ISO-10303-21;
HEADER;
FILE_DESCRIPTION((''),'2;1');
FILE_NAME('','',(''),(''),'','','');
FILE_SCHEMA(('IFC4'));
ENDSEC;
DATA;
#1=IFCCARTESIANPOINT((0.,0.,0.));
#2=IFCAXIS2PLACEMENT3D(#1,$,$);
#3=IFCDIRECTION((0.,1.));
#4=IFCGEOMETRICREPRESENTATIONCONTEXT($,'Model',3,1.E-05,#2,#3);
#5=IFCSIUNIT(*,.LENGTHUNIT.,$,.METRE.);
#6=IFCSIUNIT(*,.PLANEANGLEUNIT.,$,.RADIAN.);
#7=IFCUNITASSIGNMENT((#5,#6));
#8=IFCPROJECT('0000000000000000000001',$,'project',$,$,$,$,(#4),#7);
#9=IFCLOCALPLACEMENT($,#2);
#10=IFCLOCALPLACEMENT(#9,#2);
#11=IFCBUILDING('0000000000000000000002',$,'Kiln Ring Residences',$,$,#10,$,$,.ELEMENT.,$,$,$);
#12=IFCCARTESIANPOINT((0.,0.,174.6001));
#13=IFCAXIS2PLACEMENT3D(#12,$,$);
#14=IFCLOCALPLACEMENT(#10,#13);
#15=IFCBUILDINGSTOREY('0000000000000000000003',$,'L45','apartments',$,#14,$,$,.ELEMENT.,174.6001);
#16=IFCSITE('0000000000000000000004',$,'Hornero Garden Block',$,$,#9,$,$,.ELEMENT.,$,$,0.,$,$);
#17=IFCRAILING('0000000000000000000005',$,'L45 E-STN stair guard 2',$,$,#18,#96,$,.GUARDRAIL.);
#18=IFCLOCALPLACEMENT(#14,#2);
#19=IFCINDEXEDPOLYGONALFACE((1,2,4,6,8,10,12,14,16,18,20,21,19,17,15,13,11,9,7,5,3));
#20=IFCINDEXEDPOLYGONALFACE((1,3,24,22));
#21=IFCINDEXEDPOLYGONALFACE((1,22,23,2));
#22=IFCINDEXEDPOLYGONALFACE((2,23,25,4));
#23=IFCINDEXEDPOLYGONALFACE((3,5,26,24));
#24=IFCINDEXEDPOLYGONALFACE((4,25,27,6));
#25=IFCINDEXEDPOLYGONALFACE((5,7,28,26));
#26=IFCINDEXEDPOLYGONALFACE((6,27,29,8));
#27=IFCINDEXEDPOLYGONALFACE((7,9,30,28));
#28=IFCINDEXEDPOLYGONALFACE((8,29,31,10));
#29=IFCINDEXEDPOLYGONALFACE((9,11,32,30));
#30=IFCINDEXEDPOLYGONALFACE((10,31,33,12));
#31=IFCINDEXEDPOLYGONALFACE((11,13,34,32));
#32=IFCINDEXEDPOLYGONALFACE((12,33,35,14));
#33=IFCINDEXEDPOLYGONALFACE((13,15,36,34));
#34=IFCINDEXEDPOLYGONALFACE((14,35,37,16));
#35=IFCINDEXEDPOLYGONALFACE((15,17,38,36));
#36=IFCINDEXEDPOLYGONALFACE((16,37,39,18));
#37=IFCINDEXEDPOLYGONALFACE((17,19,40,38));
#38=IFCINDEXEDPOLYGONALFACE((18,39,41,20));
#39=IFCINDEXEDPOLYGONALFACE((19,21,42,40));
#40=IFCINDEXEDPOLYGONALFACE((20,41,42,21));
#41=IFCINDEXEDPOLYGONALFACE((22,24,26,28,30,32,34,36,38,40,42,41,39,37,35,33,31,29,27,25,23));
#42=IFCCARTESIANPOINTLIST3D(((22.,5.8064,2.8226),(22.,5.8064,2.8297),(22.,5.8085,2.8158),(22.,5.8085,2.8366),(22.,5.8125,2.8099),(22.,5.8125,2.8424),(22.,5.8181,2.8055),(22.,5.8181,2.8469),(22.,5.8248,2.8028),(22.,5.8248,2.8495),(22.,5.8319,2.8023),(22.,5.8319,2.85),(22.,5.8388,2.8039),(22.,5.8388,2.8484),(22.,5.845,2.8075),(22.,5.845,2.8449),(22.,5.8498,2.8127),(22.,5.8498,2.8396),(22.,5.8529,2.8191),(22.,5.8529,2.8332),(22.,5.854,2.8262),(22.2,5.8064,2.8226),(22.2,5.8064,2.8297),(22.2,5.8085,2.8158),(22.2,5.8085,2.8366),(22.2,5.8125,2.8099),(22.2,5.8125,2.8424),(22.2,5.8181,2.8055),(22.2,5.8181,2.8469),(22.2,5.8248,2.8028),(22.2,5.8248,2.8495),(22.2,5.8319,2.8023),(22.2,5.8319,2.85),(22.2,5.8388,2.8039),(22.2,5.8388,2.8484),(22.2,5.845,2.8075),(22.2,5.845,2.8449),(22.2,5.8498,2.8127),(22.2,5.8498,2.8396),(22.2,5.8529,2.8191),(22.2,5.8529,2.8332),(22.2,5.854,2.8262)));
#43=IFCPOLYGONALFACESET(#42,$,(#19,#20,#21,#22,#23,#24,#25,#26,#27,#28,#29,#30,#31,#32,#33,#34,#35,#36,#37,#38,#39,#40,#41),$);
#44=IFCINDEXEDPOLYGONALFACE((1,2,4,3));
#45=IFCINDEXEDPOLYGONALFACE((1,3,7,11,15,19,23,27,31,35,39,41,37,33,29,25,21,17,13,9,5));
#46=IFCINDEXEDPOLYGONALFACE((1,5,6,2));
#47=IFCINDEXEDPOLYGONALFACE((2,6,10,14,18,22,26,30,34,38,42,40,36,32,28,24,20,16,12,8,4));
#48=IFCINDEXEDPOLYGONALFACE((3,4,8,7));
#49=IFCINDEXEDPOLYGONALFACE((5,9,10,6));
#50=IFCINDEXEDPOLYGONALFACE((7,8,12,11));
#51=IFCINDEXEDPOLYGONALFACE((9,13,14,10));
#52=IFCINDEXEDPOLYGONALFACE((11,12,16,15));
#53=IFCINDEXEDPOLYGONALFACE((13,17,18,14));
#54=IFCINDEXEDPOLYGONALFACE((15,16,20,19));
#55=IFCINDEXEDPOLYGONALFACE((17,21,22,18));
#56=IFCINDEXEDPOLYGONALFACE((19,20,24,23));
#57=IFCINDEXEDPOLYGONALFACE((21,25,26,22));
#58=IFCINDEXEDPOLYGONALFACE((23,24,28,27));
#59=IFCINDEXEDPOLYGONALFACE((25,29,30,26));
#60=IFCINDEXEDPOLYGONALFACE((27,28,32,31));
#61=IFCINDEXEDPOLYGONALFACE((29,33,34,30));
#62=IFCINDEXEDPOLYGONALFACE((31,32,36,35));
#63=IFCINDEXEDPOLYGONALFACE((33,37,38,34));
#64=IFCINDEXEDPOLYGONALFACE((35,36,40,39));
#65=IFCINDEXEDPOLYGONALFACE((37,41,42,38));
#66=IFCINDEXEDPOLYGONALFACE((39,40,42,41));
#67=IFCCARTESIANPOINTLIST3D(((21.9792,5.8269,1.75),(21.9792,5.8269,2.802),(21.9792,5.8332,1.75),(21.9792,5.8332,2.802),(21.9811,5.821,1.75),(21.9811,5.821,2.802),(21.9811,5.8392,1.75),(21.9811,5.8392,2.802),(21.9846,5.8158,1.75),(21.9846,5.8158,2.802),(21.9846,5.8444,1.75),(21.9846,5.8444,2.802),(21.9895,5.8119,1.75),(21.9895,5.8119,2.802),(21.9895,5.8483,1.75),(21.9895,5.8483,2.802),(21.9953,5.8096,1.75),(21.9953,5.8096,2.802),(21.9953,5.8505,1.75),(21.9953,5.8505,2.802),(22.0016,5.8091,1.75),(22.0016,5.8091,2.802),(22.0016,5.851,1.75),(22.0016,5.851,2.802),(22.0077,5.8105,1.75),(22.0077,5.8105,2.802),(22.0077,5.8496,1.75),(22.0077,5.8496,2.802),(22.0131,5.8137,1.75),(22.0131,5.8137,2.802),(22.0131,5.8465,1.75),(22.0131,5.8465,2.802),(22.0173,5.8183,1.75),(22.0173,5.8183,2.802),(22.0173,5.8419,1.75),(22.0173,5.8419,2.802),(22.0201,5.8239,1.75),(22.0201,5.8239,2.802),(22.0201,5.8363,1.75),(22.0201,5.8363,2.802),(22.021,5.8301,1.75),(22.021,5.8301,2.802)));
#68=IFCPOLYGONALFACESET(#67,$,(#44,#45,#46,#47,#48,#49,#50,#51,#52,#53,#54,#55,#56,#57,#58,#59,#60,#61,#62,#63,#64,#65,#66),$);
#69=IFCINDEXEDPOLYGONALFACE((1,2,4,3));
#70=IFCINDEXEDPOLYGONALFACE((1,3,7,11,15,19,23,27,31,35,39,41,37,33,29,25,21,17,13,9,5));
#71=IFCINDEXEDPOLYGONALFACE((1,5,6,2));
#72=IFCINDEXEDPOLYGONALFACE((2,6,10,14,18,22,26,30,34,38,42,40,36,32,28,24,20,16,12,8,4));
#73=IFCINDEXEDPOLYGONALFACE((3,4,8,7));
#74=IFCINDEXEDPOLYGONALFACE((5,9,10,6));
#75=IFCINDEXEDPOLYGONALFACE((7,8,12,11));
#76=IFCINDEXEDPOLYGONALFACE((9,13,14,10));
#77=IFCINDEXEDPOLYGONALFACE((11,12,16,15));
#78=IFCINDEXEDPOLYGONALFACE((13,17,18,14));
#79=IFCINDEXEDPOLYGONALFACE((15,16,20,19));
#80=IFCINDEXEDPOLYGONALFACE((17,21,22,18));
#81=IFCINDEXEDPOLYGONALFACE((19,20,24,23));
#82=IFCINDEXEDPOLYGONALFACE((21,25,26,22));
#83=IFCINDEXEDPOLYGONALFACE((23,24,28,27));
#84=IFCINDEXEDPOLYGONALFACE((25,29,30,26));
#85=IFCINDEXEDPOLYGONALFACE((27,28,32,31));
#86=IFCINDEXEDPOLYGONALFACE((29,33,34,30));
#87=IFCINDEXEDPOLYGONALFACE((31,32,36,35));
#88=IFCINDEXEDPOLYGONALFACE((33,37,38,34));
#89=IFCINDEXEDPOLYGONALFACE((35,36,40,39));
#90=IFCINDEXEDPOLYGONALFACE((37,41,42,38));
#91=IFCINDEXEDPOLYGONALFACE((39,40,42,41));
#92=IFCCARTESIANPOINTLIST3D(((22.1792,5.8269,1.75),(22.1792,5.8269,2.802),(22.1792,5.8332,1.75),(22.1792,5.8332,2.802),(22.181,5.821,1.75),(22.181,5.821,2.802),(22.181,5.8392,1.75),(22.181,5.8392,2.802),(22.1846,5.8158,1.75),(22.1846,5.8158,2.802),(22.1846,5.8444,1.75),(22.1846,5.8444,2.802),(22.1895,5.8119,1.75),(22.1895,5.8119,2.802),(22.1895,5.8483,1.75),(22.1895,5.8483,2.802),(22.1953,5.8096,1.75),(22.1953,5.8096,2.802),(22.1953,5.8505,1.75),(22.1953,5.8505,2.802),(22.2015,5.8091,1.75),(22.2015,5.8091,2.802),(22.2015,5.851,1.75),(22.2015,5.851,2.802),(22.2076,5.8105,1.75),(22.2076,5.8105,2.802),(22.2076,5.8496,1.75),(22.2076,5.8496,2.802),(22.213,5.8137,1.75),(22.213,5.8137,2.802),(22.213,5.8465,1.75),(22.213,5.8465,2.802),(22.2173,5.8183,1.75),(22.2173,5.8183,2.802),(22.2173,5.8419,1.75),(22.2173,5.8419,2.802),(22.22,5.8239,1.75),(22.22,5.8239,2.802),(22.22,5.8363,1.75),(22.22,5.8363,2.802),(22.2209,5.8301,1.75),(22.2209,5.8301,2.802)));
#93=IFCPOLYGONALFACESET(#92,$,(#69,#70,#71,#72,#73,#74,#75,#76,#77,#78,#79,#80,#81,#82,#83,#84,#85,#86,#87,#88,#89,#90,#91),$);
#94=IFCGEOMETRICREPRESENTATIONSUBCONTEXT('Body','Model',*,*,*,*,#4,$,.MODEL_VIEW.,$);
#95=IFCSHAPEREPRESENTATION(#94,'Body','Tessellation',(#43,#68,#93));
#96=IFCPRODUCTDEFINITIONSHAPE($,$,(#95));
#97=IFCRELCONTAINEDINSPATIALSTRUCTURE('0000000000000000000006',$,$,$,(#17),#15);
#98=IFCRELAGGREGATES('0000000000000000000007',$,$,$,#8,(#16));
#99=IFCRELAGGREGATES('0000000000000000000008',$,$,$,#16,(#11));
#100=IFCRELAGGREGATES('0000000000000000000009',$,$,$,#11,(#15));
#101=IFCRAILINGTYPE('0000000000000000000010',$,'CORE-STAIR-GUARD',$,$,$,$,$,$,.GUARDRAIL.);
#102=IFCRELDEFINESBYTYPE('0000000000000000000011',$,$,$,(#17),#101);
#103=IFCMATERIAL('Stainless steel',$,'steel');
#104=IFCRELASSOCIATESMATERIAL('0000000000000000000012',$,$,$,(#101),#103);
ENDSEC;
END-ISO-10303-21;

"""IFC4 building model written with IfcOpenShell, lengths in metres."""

from ifc_helpers import new_model, si_unit, direction, frame, origin, origin_2d, place, context, subcontext, project, spatial, circle, extrude, material, type_object, element, save


model = new_model("IFC4")

# Units and contexts
model_context = context("Model", 3, precision=1e-05, world=origin(), true_north=direction((0.0, 1.0)))
body_context = subcontext(model_context, "Body", "Model", "MODEL_VIEW")
ifc_project = project(units=[si_unit("LENGTHUNIT", "METRE"), si_unit("PLANEANGLEUNIT", "RADIAN")], contexts=[model_context])

# Site, building, storey
site_placement = place(None, origin())
site = spatial("IfcSite", under=ifc_project, at=site_placement, Name="Hornero Garden Block", CompositionType="ELEMENT", RefElevation=0.0)
building_placement = place(site_placement, origin())
building = spatial("IfcBuilding", under=site, at=building_placement, Name="Kiln Ring Residences", CompositionType="ELEMENT")
storey_placement = place(building_placement, frame((0.0, 0.0, 174.6001)))
storey = spatial("IfcBuildingStorey", under=building, at=storey_placement, Name="L45", Description="apartments", CompositionType="ELEMENT", Elevation=174.6001)

# Railing
ifc_material_1 = material(Name="Stainless steel", Category="steel")
railing_type_1 = type_object("IfcRailingType", Name="CORE-STAIR-GUARD", PredefinedType="GUARDRAIL", material=ifc_material_1)
railing_1_placement = place(storey_placement, frame((22.0, 5.8301, 1.75)))
element("IfcRailing", 1, at=railing_1_placement, inside=storey, type_object=railing_type_1, Name="L45 E-STN stair guard 2", PredefinedType="GUARDRAIL", context=body_context, shape_type="SweptSolid", body=[
    extrude(circle(Radius=0.0239, at=origin_2d()), frame((0.0, 0.0, 1.0762), z_axis=(1.0, 0.0, 0.0), x_axis=(0.0, 1.0, 0.0)), (0.0, 0.0, 1.0), 0.2),
    extrude(circle(Radius=0.021, at=origin_2d()), origin(), (0.0, 0.0, 1.0), 1.052),
    extrude(circle(Radius=0.021, at=origin_2d()), frame((0.2, 0.0, 0.0)), (0.0, 0.0, 1.0), 1.052),
])

save(model, "model.ifc")
